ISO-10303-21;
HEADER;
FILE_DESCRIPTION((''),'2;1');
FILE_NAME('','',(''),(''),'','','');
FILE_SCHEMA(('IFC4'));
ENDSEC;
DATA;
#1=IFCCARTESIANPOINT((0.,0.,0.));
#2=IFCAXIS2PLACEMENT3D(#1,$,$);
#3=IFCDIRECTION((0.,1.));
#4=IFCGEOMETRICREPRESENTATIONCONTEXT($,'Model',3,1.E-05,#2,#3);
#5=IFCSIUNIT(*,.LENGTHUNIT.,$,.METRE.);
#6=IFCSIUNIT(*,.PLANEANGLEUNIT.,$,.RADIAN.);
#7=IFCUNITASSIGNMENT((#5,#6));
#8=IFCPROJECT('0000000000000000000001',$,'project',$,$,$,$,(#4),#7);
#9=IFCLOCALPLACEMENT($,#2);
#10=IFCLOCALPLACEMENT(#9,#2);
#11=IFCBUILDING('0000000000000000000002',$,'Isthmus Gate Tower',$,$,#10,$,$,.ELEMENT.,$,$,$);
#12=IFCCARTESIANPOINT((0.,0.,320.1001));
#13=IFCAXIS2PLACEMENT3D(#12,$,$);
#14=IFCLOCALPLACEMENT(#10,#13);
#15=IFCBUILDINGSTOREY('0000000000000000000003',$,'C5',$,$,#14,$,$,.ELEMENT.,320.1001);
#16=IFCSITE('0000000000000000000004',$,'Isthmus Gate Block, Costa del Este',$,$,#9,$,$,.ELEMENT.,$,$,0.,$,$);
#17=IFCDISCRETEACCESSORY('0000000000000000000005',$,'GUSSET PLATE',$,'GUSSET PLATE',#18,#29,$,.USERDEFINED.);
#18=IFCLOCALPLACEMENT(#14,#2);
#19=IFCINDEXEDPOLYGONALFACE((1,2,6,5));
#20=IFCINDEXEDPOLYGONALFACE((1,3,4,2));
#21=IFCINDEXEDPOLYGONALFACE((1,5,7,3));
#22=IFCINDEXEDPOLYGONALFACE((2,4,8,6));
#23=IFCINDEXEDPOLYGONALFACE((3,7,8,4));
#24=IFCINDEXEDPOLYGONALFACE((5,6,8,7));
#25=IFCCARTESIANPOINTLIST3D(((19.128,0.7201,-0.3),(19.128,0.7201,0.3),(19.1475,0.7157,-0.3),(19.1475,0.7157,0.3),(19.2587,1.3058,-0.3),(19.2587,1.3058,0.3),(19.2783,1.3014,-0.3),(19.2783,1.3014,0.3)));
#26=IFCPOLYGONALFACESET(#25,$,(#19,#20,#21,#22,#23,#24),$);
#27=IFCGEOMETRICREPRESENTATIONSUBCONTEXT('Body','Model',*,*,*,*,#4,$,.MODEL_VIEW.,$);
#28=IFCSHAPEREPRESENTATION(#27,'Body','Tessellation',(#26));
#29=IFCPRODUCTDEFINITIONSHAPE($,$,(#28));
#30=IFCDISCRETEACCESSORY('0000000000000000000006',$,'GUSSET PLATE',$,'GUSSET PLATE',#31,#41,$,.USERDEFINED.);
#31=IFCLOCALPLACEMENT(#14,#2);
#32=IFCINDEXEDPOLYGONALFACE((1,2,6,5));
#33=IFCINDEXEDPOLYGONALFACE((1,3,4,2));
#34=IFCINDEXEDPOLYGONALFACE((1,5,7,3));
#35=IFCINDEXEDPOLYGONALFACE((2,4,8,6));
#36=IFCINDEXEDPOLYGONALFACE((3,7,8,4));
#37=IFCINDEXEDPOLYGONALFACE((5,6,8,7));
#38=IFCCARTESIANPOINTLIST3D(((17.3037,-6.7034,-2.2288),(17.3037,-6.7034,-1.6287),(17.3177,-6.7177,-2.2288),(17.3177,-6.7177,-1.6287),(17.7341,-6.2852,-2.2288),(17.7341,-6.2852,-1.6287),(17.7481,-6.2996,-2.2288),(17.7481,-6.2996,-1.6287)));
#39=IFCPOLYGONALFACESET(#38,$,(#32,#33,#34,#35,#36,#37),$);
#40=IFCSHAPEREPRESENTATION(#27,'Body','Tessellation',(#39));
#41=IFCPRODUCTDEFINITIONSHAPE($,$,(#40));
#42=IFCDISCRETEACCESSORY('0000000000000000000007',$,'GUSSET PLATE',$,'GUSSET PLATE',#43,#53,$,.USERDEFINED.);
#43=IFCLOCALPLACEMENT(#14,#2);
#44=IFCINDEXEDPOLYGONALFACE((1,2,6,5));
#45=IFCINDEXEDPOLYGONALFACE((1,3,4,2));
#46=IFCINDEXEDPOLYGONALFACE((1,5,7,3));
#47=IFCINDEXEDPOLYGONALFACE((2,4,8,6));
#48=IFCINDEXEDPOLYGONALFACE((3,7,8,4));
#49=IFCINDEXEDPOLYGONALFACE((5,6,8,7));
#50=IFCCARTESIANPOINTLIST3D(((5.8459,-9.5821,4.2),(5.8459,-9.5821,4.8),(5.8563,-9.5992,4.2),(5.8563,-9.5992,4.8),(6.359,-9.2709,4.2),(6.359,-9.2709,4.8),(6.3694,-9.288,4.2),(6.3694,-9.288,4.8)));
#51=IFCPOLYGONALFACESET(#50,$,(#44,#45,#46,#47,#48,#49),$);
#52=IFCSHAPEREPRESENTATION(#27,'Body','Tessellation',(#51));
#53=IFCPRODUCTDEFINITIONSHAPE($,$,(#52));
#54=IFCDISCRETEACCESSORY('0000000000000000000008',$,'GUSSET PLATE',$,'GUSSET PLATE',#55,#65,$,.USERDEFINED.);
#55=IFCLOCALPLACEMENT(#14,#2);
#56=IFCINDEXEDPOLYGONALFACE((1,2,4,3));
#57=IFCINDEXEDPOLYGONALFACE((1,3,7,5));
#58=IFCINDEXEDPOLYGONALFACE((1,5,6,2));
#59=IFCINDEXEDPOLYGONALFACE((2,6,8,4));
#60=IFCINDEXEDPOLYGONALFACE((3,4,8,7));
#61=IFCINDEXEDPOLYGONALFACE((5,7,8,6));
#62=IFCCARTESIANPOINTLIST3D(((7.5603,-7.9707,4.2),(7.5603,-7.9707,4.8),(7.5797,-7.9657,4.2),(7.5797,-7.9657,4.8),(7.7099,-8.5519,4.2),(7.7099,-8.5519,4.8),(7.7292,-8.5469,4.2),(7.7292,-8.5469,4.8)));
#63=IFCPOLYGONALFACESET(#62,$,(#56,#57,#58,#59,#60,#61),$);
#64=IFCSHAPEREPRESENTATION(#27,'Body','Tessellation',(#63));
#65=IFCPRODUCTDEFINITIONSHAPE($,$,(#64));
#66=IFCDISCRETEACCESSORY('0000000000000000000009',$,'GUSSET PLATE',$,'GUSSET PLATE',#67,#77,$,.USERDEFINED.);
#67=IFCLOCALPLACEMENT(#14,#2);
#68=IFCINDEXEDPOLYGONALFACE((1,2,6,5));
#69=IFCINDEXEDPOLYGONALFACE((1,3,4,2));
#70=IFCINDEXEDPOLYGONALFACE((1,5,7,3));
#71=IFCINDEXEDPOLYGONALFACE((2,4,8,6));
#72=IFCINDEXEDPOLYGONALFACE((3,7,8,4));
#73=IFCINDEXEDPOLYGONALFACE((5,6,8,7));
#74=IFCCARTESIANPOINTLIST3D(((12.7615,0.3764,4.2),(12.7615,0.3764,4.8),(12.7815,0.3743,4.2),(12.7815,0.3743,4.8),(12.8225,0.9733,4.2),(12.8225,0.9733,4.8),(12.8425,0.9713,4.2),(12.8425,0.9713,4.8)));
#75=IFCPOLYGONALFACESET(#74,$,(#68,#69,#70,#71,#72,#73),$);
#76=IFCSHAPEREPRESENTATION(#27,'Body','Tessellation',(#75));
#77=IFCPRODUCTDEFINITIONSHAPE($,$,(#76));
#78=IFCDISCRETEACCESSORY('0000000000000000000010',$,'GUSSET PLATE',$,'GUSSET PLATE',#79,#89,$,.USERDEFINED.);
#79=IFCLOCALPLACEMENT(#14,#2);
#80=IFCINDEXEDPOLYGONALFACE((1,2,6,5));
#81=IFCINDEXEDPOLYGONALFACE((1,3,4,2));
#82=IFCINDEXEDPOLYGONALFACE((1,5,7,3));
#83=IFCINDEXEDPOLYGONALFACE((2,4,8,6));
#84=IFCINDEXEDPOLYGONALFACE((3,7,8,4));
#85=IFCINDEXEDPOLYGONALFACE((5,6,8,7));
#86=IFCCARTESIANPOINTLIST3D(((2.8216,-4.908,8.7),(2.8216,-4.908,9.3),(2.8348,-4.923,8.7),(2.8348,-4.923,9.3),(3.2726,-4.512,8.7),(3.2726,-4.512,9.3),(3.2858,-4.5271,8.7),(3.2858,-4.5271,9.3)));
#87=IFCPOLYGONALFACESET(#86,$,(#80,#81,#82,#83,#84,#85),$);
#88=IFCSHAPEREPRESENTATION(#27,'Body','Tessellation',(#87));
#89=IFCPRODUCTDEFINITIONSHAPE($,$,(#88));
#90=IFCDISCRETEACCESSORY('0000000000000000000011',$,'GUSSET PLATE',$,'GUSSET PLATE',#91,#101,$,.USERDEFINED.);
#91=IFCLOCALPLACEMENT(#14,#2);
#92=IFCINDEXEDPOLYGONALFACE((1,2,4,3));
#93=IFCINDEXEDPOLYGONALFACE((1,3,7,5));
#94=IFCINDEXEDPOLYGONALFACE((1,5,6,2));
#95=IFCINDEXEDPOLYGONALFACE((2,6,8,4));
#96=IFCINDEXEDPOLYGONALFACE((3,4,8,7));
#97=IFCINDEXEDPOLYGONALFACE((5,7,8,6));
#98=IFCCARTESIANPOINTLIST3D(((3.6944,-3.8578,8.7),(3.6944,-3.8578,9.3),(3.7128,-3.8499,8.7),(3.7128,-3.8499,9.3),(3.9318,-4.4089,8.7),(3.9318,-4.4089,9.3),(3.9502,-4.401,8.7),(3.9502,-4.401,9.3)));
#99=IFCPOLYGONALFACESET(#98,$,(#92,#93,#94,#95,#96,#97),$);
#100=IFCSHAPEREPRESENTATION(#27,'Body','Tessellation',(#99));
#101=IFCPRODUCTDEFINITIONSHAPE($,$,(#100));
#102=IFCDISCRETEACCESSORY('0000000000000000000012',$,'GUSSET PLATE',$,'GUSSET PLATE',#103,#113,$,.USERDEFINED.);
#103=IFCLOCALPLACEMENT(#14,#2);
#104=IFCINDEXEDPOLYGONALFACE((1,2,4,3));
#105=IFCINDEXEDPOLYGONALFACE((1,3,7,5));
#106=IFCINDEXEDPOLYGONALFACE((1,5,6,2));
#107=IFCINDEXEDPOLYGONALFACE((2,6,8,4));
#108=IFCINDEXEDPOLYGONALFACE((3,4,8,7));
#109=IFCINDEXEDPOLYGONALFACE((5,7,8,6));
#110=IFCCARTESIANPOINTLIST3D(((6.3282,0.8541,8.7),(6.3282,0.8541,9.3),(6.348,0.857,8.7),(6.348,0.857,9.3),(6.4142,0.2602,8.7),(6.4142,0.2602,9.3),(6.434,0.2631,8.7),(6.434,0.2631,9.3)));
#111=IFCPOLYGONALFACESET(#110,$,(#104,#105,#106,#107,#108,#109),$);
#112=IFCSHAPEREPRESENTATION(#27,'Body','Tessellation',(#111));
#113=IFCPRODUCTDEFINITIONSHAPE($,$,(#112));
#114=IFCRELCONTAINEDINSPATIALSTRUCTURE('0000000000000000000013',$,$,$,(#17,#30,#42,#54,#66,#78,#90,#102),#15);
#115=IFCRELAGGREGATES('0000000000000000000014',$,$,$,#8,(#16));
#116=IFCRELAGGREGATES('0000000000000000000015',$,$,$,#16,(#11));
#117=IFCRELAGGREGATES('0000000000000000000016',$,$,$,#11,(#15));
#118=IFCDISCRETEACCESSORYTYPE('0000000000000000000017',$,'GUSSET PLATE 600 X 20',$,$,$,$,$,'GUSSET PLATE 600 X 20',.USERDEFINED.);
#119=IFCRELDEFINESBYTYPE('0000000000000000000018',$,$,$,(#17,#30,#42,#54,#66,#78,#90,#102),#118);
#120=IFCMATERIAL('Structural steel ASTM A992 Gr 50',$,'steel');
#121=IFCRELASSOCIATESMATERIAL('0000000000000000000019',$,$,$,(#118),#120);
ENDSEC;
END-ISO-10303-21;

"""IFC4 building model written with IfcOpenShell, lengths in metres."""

from ifc_helpers import new_model, si_unit, direction, frame, origin, origin_2d, place, context, subcontext, project, spatial, rectangle, extrude, material, type_object, element, save


model = new_model("IFC4")

# Units and contexts
model_context = context("Model", 3, precision=1e-05, world=origin(), true_north=direction((0.0, 1.0)))
body_context = subcontext(model_context, "Body", "Model", "MODEL_VIEW")
ifc_project = project(units=[si_unit("LENGTHUNIT", "METRE"), si_unit("PLANEANGLEUNIT", "RADIAN")], contexts=[model_context])

# Site, building, storey
site_placement = place(None, origin())
site = spatial("IfcSite", under=ifc_project, at=site_placement, Name="Isthmus Gate Block, Costa del Este", CompositionType="ELEMENT", RefElevation=0.0)
building_placement = place(site_placement, origin())
building = spatial("IfcBuilding", under=site, at=building_placement, Name="Isthmus Gate Tower", CompositionType="ELEMENT")
storey_placement = place(building_placement, frame((0.0, 0.0, 320.1001)))
storey = spatial("IfcBuildingStorey", under=building, at=storey_placement, Name="C5", CompositionType="ELEMENT", Elevation=320.1001)

# Discrete accessories
ifc_material_1 = material(Name="Structural steel ASTM A992 Gr 50", Category="steel")
discrete_accessory_type = type_object("IfcDiscreteAccessoryType", Name="GUSSET PLATE 600 X 20", ElementType="GUSSET PLATE 600 X 20", PredefinedType="USERDEFINED", material=ifc_material_1)
for number, where, z_axis, x_axis, name in (
    (1, (19.2031, 1.0107, -0.3), (0.0, 0.0, 1.0), (0.217905, 0.97597, 0.0), "GUSSET PLATE"),
    (2, (17.5259, -6.5015, -2.2288), (0.0, 0.0, 1.0), (-0.717204, -0.696863, 0.0), "GUSSET PLATE"),
    (3, (6.1077, -9.4351, 4.2), (0.0, 0.0, 1.0), (0.85503, 0.518579, 0.0), "GUSSET PLATE"),
    (4, (7.6448, -8.2588, 4.2), (0.0, 0.0, 1.0), (-0.24921, 0.968449, 0.0), "GUSSET PLATE"),
    (5, (12.802, 0.6738, 4.2), (0.0, 0.0, 1.0), (0.10167, 0.994818, 0.0), "GUSSET PLATE"),
    (6, (3.0537, -4.7175, 8.7), (0.0, 0.0, 1.0), (0.751432, 0.65981, 0.0), "GUSSET PLATE"),
    (7, (3.8223, -4.1294, 8.7), (0.0, 0.0, 1.0), (-0.395582, 0.91843, 0.0), "GUSSET PLATE"),
    (8, (6.3811, 0.5586, 8.7), (0.0, 0.0, 1.0), (-0.143198, 0.989694, 0.0), "GUSSET PLATE"),
):
    element("IfcDiscreteAccessory", number, at=place(storey_placement, frame(where, z_axis=z_axis, x_axis=x_axis)), inside=storey, type_object=discrete_accessory_type, Name=name, ObjectType="GUSSET PLATE", PredefinedType="USERDEFINED", context=body_context, shape_type="SweptSolid", body=[
        extrude(rectangle(XDim=0.6001, YDim=0.02, at=origin_2d()), origin(), (0.0, 0.0, 1.0), 0.6001),
    ])

save(model, "model.ifc")
